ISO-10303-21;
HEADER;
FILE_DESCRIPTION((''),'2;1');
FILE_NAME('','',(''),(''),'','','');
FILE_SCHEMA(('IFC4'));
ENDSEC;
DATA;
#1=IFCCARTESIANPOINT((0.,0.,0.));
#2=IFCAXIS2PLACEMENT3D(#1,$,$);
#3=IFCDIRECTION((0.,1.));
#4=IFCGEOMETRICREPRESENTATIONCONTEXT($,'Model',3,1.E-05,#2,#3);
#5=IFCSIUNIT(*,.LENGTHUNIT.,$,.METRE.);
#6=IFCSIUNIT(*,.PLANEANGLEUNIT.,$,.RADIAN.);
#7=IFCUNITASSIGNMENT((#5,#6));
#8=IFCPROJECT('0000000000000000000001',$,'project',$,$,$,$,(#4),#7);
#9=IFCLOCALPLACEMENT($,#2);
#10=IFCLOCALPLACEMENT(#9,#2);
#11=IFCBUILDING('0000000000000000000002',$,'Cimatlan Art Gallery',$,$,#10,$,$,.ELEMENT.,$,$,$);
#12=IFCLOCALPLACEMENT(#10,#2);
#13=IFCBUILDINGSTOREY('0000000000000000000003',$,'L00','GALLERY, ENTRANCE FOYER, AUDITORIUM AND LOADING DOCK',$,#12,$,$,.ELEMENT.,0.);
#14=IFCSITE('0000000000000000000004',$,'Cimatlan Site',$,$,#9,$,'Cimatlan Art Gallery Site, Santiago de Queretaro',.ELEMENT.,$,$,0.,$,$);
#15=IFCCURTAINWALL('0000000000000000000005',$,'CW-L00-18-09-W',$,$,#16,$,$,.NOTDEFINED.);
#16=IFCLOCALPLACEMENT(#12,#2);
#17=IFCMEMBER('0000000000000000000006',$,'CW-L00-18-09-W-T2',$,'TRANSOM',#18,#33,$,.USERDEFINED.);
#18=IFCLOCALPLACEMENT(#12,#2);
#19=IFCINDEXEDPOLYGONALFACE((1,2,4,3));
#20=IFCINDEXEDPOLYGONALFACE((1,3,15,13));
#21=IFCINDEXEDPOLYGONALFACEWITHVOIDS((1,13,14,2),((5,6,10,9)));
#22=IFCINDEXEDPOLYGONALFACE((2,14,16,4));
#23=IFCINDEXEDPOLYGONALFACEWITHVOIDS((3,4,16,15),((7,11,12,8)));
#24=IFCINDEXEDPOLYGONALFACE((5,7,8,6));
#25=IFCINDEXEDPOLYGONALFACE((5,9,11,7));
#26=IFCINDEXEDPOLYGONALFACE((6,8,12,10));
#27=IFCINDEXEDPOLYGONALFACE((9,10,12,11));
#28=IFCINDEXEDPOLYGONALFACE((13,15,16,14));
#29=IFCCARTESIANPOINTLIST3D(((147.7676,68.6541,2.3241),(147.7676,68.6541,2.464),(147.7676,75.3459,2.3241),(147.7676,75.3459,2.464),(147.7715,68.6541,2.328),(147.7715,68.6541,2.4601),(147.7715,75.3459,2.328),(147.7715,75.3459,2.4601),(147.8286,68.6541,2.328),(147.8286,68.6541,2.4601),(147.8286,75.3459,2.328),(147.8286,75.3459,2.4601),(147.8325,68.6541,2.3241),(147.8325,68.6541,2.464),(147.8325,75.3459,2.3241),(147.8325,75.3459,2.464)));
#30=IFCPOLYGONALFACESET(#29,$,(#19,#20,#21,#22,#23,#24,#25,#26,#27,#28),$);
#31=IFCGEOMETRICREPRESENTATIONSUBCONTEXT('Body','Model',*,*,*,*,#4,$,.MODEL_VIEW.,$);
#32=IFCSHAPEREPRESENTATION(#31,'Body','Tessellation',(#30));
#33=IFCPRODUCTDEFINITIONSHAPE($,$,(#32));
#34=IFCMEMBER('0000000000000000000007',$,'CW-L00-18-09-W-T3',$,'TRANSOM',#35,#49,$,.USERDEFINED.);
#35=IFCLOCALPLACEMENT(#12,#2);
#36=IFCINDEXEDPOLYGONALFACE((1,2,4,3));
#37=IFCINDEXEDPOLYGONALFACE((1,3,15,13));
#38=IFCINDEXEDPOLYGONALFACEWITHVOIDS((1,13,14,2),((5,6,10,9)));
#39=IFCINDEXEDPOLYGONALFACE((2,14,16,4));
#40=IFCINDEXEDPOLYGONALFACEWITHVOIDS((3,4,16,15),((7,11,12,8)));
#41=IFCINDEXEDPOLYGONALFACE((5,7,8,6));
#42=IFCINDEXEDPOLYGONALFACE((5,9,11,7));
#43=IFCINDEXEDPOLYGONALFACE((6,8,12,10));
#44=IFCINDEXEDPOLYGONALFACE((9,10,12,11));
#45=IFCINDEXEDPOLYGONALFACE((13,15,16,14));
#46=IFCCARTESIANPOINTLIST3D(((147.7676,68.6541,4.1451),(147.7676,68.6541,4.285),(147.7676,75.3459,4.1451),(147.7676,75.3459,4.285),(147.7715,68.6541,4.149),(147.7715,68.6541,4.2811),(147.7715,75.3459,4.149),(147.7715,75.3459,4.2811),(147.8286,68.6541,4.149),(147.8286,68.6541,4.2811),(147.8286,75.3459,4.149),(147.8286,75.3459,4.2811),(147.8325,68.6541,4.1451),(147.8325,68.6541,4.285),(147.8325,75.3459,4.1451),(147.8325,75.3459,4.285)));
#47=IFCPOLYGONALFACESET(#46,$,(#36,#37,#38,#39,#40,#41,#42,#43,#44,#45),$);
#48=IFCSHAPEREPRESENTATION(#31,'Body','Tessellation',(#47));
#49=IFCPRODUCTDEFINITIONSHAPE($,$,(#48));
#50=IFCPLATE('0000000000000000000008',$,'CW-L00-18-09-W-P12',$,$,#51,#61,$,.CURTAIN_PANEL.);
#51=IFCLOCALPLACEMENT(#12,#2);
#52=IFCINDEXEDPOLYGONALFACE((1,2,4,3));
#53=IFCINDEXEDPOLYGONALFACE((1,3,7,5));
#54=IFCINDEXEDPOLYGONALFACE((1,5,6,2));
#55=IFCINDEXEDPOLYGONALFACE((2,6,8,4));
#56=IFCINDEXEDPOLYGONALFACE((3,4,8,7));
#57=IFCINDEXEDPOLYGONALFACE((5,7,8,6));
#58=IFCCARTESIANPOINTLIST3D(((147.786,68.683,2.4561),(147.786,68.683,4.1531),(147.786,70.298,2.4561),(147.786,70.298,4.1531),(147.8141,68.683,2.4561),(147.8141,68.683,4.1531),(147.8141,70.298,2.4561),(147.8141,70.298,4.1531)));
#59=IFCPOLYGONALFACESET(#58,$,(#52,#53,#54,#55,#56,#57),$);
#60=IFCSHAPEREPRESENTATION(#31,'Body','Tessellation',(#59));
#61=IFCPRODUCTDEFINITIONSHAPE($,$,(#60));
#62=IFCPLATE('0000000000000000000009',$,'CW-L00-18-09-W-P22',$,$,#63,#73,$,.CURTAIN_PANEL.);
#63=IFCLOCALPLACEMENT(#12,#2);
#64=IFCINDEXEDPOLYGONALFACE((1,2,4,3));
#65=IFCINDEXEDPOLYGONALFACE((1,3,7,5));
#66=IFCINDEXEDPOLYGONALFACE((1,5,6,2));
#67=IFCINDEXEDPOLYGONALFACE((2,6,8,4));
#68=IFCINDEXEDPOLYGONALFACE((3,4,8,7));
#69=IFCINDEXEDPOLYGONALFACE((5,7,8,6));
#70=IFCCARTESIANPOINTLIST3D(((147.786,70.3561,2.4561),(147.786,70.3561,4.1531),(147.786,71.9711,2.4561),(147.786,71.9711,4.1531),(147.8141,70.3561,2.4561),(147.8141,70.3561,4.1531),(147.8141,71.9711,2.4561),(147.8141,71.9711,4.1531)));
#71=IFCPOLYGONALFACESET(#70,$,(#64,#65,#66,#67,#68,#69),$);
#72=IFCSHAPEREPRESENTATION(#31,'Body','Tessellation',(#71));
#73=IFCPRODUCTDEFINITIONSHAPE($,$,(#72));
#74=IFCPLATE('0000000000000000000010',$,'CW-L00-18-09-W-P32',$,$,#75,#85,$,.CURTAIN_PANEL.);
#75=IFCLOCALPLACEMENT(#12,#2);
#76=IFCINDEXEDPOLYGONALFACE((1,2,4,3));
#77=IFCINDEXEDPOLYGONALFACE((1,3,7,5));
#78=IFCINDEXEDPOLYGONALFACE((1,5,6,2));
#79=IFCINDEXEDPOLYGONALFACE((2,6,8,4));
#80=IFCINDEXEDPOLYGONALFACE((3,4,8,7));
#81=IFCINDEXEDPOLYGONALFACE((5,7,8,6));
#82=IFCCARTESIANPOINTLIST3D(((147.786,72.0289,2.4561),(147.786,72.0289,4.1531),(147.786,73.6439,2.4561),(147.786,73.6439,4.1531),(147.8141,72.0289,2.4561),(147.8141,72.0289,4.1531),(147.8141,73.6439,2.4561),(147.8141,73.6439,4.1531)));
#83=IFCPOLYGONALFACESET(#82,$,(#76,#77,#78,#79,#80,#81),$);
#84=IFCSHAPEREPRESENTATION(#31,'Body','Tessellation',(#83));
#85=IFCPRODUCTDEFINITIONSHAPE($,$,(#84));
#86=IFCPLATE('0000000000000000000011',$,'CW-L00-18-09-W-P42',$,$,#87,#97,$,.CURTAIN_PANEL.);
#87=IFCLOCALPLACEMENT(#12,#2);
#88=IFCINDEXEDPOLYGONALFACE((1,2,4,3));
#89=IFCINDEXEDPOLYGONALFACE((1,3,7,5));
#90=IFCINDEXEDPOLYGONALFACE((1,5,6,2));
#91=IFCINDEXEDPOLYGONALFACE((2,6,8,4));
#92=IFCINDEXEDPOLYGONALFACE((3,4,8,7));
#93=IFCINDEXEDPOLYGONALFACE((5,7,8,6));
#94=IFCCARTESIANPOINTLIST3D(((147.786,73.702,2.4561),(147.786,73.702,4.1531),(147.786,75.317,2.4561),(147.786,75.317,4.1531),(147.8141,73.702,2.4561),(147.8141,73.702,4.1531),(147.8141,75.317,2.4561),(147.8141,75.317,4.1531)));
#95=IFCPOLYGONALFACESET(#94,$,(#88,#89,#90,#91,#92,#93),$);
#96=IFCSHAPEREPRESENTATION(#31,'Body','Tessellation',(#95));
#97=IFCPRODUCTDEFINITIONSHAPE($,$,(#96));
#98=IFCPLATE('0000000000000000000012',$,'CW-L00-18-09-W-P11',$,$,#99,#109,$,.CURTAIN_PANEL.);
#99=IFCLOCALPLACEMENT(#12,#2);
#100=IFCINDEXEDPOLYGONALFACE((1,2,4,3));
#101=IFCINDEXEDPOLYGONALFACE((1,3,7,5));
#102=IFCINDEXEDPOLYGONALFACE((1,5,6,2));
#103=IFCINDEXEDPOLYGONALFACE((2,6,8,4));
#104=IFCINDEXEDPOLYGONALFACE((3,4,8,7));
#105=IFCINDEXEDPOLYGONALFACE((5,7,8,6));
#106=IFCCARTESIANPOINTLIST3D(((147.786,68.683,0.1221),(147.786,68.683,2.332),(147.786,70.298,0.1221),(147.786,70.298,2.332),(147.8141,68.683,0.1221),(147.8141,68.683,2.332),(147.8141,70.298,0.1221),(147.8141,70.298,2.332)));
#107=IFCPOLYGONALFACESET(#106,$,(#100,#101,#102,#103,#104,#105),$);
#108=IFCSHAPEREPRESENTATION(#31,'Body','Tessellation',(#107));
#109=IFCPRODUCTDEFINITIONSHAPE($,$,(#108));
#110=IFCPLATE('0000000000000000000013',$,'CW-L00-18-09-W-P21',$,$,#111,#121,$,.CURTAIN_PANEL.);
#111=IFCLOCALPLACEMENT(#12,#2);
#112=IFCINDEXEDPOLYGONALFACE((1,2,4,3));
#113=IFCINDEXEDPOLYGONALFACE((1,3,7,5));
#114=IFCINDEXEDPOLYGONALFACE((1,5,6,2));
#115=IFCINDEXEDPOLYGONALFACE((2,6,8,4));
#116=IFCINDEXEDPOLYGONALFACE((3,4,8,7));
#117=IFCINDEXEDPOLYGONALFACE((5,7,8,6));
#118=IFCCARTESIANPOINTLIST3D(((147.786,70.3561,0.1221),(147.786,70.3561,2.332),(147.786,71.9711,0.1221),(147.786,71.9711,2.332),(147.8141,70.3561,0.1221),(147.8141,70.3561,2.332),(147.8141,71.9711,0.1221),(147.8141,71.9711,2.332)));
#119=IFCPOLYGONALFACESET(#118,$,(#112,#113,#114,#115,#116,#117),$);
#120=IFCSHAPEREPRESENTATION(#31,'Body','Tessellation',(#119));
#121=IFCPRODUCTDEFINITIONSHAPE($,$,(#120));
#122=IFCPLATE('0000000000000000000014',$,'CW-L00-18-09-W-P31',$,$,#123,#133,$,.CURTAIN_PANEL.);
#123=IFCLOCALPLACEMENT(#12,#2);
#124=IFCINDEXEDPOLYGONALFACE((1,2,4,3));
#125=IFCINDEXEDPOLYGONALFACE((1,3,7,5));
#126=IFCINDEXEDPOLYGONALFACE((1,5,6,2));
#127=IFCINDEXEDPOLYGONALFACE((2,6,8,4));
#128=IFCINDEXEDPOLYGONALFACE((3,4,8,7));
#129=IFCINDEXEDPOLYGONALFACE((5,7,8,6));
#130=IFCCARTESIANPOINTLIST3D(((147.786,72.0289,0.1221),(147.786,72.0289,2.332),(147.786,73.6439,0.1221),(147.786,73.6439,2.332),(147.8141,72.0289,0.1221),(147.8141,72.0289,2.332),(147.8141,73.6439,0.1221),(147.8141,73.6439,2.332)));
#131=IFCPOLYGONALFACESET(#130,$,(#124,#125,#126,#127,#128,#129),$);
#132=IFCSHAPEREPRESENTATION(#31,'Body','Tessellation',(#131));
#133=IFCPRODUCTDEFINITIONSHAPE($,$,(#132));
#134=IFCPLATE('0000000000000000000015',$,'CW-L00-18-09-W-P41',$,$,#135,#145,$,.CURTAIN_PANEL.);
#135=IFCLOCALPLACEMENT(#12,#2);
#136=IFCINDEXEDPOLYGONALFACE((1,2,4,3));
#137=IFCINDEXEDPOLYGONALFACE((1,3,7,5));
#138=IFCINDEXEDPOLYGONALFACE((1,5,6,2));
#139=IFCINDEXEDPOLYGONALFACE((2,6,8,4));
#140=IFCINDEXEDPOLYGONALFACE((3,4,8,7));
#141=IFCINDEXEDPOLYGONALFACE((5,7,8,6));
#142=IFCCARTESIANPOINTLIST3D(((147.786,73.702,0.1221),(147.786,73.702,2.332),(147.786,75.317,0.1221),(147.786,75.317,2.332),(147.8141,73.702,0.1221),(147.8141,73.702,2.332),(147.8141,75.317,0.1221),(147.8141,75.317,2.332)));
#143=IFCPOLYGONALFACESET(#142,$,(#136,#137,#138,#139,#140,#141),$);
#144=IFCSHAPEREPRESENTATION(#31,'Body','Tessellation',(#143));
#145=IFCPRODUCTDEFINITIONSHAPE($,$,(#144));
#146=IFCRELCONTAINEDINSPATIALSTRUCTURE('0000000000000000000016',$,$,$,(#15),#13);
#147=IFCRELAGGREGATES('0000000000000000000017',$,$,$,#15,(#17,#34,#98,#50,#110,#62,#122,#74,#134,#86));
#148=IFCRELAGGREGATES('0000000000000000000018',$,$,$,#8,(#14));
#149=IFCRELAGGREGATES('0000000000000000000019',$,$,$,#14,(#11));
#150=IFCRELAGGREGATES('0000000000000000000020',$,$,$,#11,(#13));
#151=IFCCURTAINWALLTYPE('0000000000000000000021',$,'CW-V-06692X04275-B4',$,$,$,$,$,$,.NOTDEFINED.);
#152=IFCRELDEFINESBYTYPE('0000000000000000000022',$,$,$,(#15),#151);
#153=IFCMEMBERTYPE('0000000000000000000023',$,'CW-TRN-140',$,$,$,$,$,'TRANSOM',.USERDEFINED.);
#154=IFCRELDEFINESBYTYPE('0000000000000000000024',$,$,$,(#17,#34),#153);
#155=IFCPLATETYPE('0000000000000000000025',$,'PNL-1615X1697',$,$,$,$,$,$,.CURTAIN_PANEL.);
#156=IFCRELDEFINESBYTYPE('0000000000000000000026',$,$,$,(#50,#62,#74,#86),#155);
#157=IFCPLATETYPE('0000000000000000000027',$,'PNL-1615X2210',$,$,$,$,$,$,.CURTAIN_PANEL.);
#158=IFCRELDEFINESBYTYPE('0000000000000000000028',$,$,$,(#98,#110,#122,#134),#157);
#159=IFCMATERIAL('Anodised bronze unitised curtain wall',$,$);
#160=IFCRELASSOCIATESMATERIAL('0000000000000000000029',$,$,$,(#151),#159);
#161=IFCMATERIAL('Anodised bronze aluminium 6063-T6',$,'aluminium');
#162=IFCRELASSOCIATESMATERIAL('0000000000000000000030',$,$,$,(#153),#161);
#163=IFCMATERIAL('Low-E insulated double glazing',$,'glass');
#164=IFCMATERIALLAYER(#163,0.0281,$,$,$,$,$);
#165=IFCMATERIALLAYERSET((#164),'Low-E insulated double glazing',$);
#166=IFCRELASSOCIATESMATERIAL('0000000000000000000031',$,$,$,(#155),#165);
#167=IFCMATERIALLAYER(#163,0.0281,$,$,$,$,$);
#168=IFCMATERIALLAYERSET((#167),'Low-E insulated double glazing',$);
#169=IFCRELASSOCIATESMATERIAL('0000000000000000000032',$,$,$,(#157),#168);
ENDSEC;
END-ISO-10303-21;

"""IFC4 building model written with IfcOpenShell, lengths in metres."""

from ifc_helpers import new_model, si_unit, direction, frame, origin, origin_2d, place, context, subcontext, project, spatial, rectangle, hollow_rectangle, extrude, material, layer, layer_set, material_profile, profile_set, type_object, element, aggregate, save


model = new_model("IFC4")

# Units and contexts
model_context = context("Model", 3, precision=1e-05, world=origin(), true_north=direction((0.0, 1.0)))
body_context = subcontext(model_context, "Body", "Model", "MODEL_VIEW")
ifc_project = project(units=[si_unit("LENGTHUNIT", "METRE"), si_unit("PLANEANGLEUNIT", "RADIAN")], contexts=[model_context])

# Site, building, storey
site_placement = place(None, origin())
site = spatial("IfcSite", under=ifc_project, at=site_placement, Name="Cimatlan Site", LongName="Cimatlan Art Gallery Site, Santiago de Queretaro", CompositionType="ELEMENT", RefElevation=0.0)
building_placement = place(site_placement, origin())
building = spatial("IfcBuilding", under=site, at=building_placement, Name="Cimatlan Art Gallery", CompositionType="ELEMENT")
storey_placement = place(building_placement, origin())
storey = spatial("IfcBuildingStorey", under=building, at=storey_placement, Name="L00", Description="GALLERY, ENTRANCE FOYER, AUDITORIUM AND LOADING DOCK", CompositionType="ELEMENT", Elevation=0.0)

# Curtain wall, members, plates
ifc_material_1 = material(Name="Anodised bronze unitised curtain wall")
curtain_wall_type = type_object("IfcCurtainWallType", Name="CW-V-06692X04275-B4", PredefinedType="NOTDEFINED", material=ifc_material_1)
curtain_wall_placement = place(storey_placement, origin())
curtain_wall = element("IfcCurtainWall", 1, at=curtain_wall_placement, inside=storey, type_object=curtain_wall_type, Name="CW-L00-18-09-W", PredefinedType="NOTDEFINED")
ifc_material_2 = material(Name="Anodised bronze aluminium 6063-T6", Category="aluminium")
ifc_material_profile_1 = material_profile(ifc_material_2, hollow_rectangle(XDim=0.0649, YDim=0.1399, WallThickness=0.0039, at=origin_2d()), Name="ALU65X140X4")
ifc_profile_set_1 = profile_set([ifc_material_profile_1], Name="Anodised bronze aluminium 6063-T6")
member_type_1 = type_object("IfcMemberType", Name="CW-TRN-140", ElementType="TRANSOM", PredefinedType="USERDEFINED", material=ifc_profile_set_1)
member_1_placement = place(storey_placement, frame((147.8, 68.6541, 2.394), z_axis=(0.0, 1.0, 0.0), x_axis=(-1.0, 0.0, 0.0)))
member_1 = element("IfcMember", 2, at=member_1_placement, type_object=member_type_1, Name="CW-L00-18-09-W-T2", ObjectType="TRANSOM", PredefinedType="USERDEFINED", context=body_context, shape_type="SweptSolid", body=[
    extrude(hollow_rectangle(XDim=0.0649, YDim=0.1399, WallThickness=0.0039, at=origin_2d()), origin(), (0.0, 0.0, 1.0), 6.6919),
])
member_2_placement = place(storey_placement, frame((147.8, 68.6541, 4.2151), z_axis=(0.0, 1.0, 0.0), x_axis=(-1.0, 0.0, 0.0)))
member_2 = element("IfcMember", 3, at=member_2_placement, type_object=member_type_1, Name="CW-L00-18-09-W-T3", ObjectType="TRANSOM", PredefinedType="USERDEFINED", context=body_context, shape_type="SweptSolid", body=[
    extrude(hollow_rectangle(XDim=0.0649, YDim=0.1399, WallThickness=0.0039, at=origin_2d()), origin(), (0.0, 0.0, 1.0), 6.6919),
])
ifc_material_3 = material(Name="Low-E insulated double glazing", Category="glass")
ifc_layer_1 = layer(ifc_material_3, 0.0281)
ifc_layer_set_1 = layer_set([ifc_layer_1], Name="Low-E insulated double glazing")
plate_type_1 = type_object("IfcPlateType", Name="PNL-1615X1697", PredefinedType="CURTAIN_PANEL", material=ifc_layer_set_1)
plate_1_placement = place(storey_placement, frame((147.8, 69.4905, 2.4561), z_axis=(0.0, 0.0, 1.0), x_axis=(0.0, 1.0, 0.0)))
plate_1 = element("IfcPlate", 4, at=plate_1_placement, type_object=plate_type_1, Name="CW-L00-18-09-W-P12", PredefinedType="CURTAIN_PANEL", context=body_context, shape_type="SweptSolid", body=[
    extrude(rectangle(XDim=1.615, YDim=0.0281, at=origin_2d()), origin(), (0.0, 0.0, 1.0), 1.697),
])
plate_2_placement = place(storey_placement, frame((147.8, 71.1636, 2.4561), z_axis=(0.0, 0.0, 1.0), x_axis=(0.0, 1.0, 0.0)))
plate_2 = element("IfcPlate", 5, at=plate_2_placement, type_object=plate_type_1, Name="CW-L00-18-09-W-P22", PredefinedType="CURTAIN_PANEL", context=body_context, shape_type="SweptSolid", body=[
    extrude(rectangle(XDim=1.615, YDim=0.0281, at=origin_2d()), origin(), (0.0, 0.0, 1.0), 1.697),
])
plate_3_placement = place(storey_placement, frame((147.8, 72.8364, 2.4561), z_axis=(0.0, 0.0, 1.0), x_axis=(0.0, 1.0, 0.0)))
plate_3 = element("IfcPlate", 6, at=plate_3_placement, type_object=plate_type_1, Name="CW-L00-18-09-W-P32", PredefinedType="CURTAIN_PANEL", context=body_context, shape_type="SweptSolid", body=[
    extrude(rectangle(XDim=1.615, YDim=0.0281, at=origin_2d()), origin(), (0.0, 0.0, 1.0), 1.697),
])
plate_4_placement = place(storey_placement, frame((147.8, 74.5095, 2.4561), z_axis=(0.0, 0.0, 1.0), x_axis=(0.0, 1.0, 0.0)))
plate_4 = element("IfcPlate", 7, at=plate_4_placement, type_object=plate_type_1, Name="CW-L00-18-09-W-P42", PredefinedType="CURTAIN_PANEL", context=body_context, shape_type="SweptSolid", body=[
    extrude(rectangle(XDim=1.615, YDim=0.0281, at=origin_2d()), origin(), (0.0, 0.0, 1.0), 1.697),
])
ifc_layer_2 = layer(ifc_material_3, 0.0281)
ifc_layer_set_2 = layer_set([ifc_layer_2], Name="Low-E insulated double glazing")
plate_type_2 = type_object("IfcPlateType", Name="PNL-1615X2210", PredefinedType="CURTAIN_PANEL", material=ifc_layer_set_2)
plate_5_placement = place(storey_placement, frame((147.8, 69.4905, 0.1221), z_axis=(0.0, 0.0, 1.0), x_axis=(0.0, 1.0, 0.0)))
plate_5 = element("IfcPlate", 8, at=plate_5_placement, type_object=plate_type_2, Name="CW-L00-18-09-W-P11", PredefinedType="CURTAIN_PANEL", context=body_context, shape_type="SweptSolid", body=[
    extrude(rectangle(XDim=1.615, YDim=0.0281, at=origin_2d()), origin(), (0.0, 0.0, 1.0), 2.21),
])
plate_6_placement = place(storey_placement, frame((147.8, 71.1636, 0.1221), z_axis=(0.0, 0.0, 1.0), x_axis=(0.0, 1.0, 0.0)))
plate_6 = element("IfcPlate", 9, at=plate_6_placement, type_object=plate_type_2, Name="CW-L00-18-09-W-P21", PredefinedType="CURTAIN_PANEL", context=body_context, shape_type="SweptSolid", body=[
    extrude(rectangle(XDim=1.615, YDim=0.0281, at=origin_2d()), origin(), (0.0, 0.0, 1.0), 2.21),
])
plate_7_placement = place(storey_placement, frame((147.8, 72.8364, 0.1221), z_axis=(0.0, 0.0, 1.0), x_axis=(0.0, 1.0, 0.0)))
plate_7 = element("IfcPlate", 10, at=plate_7_placement, type_object=plate_type_2, Name="CW-L00-18-09-W-P31", PredefinedType="CURTAIN_PANEL", context=body_context, shape_type="SweptSolid", body=[
    extrude(rectangle(XDim=1.615, YDim=0.0281, at=origin_2d()), origin(), (0.0, 0.0, 1.0), 2.21),
])
plate_8_placement = place(storey_placement, frame((147.8, 74.5095, 0.1221), z_axis=(0.0, 0.0, 1.0), x_axis=(0.0, 1.0, 0.0)))
plate_8 = element("IfcPlate", 11, at=plate_8_placement, type_object=plate_type_2, Name="CW-L00-18-09-W-P41", PredefinedType="CURTAIN_PANEL", context=body_context, shape_type="SweptSolid", body=[
    extrude(rectangle(XDim=1.615, YDim=0.0281, at=origin_2d()), origin(), (0.0, 0.0, 1.0), 2.21),
])
aggregate(curtain_wall, [member_1, member_2, plate_5, plate_1, plate_6, plate_2, plate_7, plate_3, plate_8, plate_4])

save(model, "model.ifc")
